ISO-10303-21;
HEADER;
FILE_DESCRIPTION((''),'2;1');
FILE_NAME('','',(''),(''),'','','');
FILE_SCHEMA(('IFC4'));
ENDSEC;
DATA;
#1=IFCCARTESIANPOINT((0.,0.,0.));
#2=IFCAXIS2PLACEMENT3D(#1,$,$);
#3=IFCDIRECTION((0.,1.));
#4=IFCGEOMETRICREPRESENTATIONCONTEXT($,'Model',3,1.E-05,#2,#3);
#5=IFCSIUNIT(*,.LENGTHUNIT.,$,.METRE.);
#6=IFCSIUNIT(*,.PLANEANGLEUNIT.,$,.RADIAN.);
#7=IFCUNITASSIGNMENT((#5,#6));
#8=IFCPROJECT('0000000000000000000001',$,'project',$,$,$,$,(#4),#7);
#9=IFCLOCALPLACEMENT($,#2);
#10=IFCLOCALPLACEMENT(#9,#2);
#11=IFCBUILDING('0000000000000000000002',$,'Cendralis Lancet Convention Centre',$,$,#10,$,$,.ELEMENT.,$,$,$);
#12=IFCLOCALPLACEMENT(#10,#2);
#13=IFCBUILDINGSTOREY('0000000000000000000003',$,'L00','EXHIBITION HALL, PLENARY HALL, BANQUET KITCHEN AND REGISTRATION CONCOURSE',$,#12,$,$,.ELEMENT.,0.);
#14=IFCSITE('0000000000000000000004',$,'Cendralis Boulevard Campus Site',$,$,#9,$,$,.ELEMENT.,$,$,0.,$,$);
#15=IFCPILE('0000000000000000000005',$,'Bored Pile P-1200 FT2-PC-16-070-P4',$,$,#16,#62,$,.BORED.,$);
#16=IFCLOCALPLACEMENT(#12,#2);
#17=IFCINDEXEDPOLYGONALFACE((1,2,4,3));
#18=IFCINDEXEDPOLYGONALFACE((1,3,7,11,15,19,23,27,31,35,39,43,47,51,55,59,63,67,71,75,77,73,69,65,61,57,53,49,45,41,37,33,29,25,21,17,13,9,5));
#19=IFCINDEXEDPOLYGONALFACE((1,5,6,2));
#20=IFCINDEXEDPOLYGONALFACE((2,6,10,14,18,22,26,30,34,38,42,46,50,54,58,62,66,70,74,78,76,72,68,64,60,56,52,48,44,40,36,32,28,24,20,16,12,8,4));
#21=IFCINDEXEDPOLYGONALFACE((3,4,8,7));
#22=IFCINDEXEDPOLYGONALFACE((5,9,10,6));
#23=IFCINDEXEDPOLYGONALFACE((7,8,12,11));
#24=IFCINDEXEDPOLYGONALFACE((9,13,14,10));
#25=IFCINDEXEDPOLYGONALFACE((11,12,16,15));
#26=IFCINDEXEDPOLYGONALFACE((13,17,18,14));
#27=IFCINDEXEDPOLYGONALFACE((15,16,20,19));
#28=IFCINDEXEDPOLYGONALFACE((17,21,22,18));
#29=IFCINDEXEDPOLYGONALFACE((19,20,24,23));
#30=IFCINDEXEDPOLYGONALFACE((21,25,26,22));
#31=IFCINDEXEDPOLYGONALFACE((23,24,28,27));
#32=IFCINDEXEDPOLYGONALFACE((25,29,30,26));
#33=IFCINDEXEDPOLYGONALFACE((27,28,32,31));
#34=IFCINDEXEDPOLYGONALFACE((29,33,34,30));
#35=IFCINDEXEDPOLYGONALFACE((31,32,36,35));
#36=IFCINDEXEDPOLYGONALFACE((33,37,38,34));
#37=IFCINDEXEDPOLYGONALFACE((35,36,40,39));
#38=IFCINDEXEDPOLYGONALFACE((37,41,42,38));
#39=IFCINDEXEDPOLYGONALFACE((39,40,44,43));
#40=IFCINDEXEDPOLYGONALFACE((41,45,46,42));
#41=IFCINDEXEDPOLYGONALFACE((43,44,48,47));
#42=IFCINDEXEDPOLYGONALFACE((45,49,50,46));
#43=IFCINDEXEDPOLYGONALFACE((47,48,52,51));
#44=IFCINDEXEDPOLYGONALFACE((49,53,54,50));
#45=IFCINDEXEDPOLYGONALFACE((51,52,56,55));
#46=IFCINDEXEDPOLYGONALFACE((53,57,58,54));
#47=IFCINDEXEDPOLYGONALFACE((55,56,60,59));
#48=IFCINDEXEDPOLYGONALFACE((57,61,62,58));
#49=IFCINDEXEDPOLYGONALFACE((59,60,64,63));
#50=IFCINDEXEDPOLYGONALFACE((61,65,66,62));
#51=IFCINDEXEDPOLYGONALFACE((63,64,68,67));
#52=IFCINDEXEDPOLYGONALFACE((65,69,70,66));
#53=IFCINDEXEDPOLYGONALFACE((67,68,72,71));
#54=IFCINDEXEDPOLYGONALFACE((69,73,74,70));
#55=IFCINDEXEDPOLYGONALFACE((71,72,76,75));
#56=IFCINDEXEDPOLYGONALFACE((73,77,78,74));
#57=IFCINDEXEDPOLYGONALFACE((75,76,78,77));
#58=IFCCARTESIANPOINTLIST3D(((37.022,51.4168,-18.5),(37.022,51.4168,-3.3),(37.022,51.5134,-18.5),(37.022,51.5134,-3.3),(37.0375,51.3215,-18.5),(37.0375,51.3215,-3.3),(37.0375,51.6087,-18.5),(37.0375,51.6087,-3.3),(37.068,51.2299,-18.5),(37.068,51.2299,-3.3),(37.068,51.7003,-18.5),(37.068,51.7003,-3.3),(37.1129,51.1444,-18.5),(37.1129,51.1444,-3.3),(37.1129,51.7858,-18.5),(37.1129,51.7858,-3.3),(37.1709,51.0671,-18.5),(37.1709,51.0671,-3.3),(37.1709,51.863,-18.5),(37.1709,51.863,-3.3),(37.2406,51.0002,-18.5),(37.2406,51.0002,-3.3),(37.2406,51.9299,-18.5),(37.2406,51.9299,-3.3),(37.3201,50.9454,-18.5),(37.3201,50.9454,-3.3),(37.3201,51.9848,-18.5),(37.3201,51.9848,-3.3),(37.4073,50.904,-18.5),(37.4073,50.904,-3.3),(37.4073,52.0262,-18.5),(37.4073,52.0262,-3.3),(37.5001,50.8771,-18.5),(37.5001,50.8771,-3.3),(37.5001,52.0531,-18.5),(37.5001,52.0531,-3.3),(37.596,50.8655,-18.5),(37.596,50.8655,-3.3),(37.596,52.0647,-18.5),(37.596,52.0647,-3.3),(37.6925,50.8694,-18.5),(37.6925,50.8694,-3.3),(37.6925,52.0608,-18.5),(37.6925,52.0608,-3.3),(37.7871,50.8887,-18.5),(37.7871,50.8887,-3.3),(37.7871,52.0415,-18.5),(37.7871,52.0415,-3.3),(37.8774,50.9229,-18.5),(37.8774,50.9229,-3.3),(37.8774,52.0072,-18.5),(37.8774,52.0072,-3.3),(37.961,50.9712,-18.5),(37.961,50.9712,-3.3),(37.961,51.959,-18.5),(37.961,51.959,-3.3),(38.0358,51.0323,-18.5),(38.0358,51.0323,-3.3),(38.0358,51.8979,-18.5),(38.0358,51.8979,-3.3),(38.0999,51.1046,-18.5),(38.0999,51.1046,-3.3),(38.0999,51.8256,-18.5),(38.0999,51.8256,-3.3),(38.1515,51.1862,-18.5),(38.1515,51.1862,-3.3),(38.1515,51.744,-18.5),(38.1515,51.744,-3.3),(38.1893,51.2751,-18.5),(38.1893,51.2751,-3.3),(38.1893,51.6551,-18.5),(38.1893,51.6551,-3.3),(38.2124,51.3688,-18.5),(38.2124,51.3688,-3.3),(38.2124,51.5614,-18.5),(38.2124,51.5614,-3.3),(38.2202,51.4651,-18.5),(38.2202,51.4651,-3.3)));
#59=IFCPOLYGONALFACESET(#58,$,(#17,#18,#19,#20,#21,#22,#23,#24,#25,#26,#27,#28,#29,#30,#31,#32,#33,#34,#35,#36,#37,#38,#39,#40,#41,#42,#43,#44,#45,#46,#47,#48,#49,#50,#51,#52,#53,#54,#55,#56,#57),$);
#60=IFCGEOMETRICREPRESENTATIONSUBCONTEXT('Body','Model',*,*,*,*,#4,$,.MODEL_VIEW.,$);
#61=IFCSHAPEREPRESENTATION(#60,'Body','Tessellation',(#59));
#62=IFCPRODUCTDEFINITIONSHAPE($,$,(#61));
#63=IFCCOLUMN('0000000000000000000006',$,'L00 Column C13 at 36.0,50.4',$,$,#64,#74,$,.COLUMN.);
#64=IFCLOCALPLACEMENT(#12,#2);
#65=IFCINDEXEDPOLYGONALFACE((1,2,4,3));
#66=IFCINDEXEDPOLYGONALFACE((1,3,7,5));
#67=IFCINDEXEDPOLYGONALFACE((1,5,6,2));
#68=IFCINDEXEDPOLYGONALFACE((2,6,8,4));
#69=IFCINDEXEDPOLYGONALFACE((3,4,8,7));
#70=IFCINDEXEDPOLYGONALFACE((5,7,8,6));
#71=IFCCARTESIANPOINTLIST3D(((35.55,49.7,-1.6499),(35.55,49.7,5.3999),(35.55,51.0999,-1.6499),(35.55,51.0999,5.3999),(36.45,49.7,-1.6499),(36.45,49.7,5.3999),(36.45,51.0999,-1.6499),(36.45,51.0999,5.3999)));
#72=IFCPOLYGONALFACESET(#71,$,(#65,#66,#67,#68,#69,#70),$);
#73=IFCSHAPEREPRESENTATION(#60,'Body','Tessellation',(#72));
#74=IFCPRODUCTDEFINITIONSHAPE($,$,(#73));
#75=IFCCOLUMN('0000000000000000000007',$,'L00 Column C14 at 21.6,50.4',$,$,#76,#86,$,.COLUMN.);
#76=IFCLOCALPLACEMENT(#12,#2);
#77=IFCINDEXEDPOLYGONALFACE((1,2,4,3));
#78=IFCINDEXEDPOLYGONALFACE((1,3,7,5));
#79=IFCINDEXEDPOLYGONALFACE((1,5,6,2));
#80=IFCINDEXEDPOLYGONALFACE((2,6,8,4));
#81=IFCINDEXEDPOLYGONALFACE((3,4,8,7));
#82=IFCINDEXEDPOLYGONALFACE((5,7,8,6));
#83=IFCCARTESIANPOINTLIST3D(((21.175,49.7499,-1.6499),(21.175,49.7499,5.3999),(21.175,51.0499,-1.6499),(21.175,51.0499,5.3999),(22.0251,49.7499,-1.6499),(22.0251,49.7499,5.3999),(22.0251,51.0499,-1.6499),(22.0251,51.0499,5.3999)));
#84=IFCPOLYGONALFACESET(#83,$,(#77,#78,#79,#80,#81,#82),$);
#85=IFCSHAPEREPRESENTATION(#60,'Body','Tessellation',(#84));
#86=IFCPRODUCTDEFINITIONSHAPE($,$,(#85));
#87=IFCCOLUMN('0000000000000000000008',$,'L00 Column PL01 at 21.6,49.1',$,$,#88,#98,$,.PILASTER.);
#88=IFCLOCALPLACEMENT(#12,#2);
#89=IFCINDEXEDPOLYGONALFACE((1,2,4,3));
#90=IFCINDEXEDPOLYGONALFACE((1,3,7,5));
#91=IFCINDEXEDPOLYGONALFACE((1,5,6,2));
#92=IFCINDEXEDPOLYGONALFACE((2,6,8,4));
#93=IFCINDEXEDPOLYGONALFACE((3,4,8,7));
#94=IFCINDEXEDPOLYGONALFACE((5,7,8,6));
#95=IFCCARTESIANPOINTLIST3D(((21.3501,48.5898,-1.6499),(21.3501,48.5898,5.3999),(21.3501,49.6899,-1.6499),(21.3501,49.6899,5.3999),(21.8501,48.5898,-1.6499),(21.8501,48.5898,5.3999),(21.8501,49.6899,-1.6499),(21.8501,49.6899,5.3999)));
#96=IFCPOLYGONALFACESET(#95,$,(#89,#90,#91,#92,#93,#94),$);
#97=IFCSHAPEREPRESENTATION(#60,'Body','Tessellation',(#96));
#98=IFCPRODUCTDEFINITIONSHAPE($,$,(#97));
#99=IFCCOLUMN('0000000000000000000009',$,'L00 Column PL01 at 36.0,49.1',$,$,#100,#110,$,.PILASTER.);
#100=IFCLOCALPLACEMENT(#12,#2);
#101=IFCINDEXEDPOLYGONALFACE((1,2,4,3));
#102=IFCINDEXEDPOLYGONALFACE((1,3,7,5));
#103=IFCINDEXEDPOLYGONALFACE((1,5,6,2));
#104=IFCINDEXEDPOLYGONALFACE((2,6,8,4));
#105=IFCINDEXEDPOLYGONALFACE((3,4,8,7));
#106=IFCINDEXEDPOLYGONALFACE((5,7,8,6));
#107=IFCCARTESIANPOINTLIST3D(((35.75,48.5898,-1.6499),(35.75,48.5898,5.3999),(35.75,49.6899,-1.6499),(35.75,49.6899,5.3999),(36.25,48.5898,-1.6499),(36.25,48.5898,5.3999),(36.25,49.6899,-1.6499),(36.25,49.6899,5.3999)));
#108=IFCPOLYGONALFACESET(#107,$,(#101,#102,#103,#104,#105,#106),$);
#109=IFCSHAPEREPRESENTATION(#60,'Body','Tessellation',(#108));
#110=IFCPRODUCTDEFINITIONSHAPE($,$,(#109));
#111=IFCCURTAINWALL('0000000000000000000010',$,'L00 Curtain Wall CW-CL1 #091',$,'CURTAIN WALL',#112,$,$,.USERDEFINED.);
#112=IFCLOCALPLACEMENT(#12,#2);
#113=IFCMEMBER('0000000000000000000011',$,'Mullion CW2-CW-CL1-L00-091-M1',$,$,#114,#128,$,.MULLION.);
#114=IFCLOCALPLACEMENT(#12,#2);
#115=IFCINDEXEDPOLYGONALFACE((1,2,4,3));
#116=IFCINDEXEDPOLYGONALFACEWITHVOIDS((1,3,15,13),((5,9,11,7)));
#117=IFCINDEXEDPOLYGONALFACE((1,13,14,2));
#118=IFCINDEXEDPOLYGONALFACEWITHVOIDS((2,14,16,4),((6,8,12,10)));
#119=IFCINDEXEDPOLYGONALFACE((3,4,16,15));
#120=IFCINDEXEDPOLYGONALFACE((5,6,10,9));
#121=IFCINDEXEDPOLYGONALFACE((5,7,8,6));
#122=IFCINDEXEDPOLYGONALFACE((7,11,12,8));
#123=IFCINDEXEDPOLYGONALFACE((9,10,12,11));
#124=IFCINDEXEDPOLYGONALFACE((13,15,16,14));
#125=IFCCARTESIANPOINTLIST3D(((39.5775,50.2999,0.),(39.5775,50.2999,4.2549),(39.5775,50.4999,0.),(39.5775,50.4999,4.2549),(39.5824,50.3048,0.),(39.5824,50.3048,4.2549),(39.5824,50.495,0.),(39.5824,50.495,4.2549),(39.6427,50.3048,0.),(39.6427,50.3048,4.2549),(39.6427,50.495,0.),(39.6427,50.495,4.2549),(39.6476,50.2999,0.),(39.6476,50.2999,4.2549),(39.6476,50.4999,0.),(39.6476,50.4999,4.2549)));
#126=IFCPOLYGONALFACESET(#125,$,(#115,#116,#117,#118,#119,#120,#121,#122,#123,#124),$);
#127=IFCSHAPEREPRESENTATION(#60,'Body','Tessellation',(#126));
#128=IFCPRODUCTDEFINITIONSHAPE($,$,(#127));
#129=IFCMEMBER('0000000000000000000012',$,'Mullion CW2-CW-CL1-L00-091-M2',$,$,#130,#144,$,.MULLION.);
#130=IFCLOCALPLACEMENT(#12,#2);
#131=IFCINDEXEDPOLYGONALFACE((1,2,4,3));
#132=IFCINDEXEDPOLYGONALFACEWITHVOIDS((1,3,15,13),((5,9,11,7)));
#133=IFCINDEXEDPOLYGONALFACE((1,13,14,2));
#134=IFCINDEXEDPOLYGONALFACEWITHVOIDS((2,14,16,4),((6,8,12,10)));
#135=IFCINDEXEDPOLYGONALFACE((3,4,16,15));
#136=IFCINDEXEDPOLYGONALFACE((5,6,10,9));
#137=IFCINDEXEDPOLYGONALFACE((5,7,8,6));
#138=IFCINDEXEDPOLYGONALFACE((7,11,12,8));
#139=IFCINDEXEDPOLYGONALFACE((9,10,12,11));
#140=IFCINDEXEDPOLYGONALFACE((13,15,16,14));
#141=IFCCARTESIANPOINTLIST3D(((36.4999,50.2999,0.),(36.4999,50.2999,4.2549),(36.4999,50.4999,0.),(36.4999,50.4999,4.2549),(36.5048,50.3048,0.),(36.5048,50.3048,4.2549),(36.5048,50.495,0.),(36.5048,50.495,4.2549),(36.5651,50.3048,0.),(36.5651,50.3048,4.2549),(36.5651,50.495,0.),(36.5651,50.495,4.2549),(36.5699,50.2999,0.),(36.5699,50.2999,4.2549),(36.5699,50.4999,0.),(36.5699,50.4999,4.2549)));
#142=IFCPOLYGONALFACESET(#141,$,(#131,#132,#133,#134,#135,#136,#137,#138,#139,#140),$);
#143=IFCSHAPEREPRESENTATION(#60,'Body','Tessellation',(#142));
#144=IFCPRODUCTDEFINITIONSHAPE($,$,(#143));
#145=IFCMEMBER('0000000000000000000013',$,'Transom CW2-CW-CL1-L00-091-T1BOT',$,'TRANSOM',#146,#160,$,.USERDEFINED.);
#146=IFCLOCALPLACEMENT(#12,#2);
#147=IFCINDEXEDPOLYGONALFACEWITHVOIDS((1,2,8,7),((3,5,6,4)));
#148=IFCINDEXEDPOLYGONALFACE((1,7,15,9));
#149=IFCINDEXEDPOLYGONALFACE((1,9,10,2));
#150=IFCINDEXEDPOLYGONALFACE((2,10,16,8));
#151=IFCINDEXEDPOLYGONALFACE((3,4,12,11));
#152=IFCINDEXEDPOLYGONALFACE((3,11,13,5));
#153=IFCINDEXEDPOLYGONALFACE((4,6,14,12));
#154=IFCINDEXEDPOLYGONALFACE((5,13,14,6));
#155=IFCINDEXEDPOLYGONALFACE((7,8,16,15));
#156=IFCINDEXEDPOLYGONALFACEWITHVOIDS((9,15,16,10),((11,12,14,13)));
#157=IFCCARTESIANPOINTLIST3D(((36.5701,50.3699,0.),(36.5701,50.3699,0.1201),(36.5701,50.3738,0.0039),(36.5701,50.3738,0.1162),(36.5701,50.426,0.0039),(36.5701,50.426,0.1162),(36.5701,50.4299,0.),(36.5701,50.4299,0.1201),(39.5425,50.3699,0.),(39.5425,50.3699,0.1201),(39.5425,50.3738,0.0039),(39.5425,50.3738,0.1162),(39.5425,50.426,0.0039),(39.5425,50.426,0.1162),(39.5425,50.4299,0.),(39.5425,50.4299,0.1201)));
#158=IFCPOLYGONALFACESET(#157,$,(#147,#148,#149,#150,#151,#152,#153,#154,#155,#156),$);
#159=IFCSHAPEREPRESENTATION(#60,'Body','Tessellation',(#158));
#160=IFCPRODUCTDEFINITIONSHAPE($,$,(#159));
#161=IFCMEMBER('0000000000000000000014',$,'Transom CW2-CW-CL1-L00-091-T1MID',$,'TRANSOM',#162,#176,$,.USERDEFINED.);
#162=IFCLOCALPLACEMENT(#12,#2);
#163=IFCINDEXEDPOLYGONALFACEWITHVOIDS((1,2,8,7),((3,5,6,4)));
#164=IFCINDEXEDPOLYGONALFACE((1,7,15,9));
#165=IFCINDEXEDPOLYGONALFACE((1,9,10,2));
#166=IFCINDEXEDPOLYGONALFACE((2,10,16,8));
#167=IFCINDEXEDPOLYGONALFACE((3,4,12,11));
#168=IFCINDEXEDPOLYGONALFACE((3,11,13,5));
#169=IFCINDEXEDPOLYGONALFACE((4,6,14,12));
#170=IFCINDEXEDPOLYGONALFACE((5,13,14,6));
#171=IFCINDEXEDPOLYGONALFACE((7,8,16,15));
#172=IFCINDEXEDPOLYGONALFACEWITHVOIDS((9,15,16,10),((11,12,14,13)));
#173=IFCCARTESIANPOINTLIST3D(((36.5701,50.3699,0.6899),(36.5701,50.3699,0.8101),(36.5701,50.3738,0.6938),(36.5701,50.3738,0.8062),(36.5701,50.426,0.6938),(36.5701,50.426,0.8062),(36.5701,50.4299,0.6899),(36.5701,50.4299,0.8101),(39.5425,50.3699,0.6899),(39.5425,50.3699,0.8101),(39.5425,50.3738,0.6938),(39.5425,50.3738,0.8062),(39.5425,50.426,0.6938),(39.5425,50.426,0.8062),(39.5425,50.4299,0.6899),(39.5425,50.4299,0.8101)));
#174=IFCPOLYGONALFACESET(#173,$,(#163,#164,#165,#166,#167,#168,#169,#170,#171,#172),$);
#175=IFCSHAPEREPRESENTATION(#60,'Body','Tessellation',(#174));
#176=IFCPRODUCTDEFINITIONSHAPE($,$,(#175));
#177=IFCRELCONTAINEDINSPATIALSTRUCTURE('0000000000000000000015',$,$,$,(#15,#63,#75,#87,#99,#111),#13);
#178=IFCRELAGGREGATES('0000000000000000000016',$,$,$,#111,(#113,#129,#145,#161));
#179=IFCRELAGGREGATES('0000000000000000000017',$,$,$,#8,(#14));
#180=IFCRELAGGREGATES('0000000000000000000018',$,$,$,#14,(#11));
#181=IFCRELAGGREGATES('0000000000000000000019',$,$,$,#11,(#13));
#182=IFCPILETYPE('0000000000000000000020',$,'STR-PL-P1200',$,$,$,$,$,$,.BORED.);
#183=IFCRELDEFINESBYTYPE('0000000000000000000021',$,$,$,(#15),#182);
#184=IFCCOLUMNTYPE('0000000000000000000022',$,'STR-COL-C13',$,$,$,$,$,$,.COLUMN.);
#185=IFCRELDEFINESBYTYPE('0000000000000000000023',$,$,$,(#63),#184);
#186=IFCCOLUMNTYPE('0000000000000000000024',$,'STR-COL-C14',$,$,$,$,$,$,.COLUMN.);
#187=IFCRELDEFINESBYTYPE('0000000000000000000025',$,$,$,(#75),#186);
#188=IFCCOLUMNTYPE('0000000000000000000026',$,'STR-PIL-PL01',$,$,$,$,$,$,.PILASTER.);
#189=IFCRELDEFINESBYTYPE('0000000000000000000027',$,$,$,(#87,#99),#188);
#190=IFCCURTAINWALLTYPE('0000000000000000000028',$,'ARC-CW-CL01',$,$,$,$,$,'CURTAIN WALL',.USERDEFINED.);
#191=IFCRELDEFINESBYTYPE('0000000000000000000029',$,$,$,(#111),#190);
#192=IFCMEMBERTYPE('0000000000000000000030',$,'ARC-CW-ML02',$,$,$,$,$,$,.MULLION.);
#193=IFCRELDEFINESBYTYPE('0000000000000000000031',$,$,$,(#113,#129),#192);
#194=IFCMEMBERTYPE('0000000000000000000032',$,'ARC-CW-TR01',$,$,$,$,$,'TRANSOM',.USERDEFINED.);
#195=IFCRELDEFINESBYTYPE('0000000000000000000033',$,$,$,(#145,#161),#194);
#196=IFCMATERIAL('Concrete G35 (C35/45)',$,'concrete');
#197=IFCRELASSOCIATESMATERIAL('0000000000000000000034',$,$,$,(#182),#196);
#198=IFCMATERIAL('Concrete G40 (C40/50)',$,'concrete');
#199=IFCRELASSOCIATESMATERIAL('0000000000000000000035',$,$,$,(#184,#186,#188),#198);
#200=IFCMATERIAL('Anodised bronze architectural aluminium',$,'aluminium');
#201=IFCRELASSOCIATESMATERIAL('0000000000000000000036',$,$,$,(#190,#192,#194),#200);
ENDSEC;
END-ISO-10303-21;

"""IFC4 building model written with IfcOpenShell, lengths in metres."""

from ifc_helpers import new_model, si_unit, direction, frame, origin, origin_2d, place, context, subcontext, project, spatial, rectangle, hollow_rectangle, circle, extrude, material, material_profile, profile_set, type_object, element, aggregate, save


model = new_model("IFC4")

# Units and contexts
model_context = context("Model", 3, precision=1e-05, world=origin(), true_north=direction((0.0, 1.0)))
body_context = subcontext(model_context, "Body", "Model", "MODEL_VIEW")
ifc_project = project(units=[si_unit("LENGTHUNIT", "METRE"), si_unit("PLANEANGLEUNIT", "RADIAN")], contexts=[model_context])

# Site, building, storey
site_placement = place(None, origin())
site = spatial("IfcSite", under=ifc_project, at=site_placement, Name="Cendralis Boulevard Campus Site", CompositionType="ELEMENT", RefElevation=0.0)
building_placement = place(site_placement, origin())
building = spatial("IfcBuilding", under=site, at=building_placement, Name="Cendralis Lancet Convention Centre", CompositionType="ELEMENT")
storey_placement = place(building_placement, origin())
storey = spatial("IfcBuildingStorey", under=building, at=storey_placement, Name="L00", Description="EXHIBITION HALL, PLENARY HALL, BANQUET KITCHEN AND REGISTRATION CONCOURSE", CompositionType="ELEMENT", Elevation=0.0)

# Shared definitions
ifc_material_1 = material(Name="Concrete G35 (C35/45)", Category="concrete")

# Pile
ifc_material_profile_1 = material_profile(ifc_material_1, circle(Radius=0.6001, at=origin_2d()), Name="BORED PILE D1200")
ifc_profile_set_1 = profile_set([ifc_material_profile_1], Name="Concrete G35 (C35/45)")
pile_type = type_object("IfcPileType", Name="STR-PL-P1200", PredefinedType="BORED", material=ifc_profile_set_1)
for number, where, z_axis, x_axis, name in (
    (1, (37.6201, 51.4651, -3.3), (0.0, 0.0, -1.0), (1.0, 0.0, 0.0), "Bored Pile P-1200 FT2-PC-16-070-P4"),
):
    element("IfcPile", number, at=place(storey_placement, frame(where, z_axis=z_axis, x_axis=x_axis)), inside=storey, type_object=pile_type, Name=name, PredefinedType="BORED", context=body_context, shape_type="SweptSolid", body=[
        extrude(circle(Radius=0.6001, at=origin_2d()), origin(), (0.0, 0.0, 1.0), 15.2),
    ])

# Columns
ifc_material_2 = material(Name="Concrete G40 (C40/50)", Category="concrete")
ifc_material_profile_2 = material_profile(ifc_material_2, rectangle(XDim=0.8999, YDim=1.3999, at=origin_2d()), Name="RC 900x1400")
ifc_profile_set_2 = profile_set([ifc_material_profile_2], Name="Concrete G40 (C40/50)")
column_type_1 = type_object("IfcColumnType", Name="STR-COL-C13", PredefinedType="COLUMN", material=ifc_profile_set_2)
column_1_placement = place(storey_placement, frame((36.0, 50.3999, -1.6499), z_axis=(0.0, 0.0, 1.0), x_axis=(1.0, 0.0, 0.0)))
element("IfcColumn", 2, at=column_1_placement, inside=storey, type_object=column_type_1, Name="L00 Column C13 at 36.0,50.4", PredefinedType="COLUMN", context=body_context, shape_type="SweptSolid", body=[
    extrude(rectangle(XDim=0.8999, YDim=1.3999, at=origin_2d()), origin(), (0.0, 0.0, 1.0), 7.0498),
])
ifc_material_profile_3 = material_profile(ifc_material_2, rectangle(XDim=0.8501, YDim=1.3, at=origin_2d()), Name="RC 850x1300")
ifc_profile_set_3 = profile_set([ifc_material_profile_3], Name="Concrete G40 (C40/50)")
column_type_2 = type_object("IfcColumnType", Name="STR-COL-C14", PredefinedType="COLUMN", material=ifc_profile_set_3)
column_2_placement = place(storey_placement, frame((21.6001, 50.3999, -1.6499), z_axis=(0.0, 0.0, 1.0), x_axis=(1.0, 0.0, 0.0)))
element("IfcColumn", 3, at=column_2_placement, inside=storey, type_object=column_type_2, Name="L00 Column C14 at 21.6,50.4", PredefinedType="COLUMN", context=body_context, shape_type="SweptSolid", body=[
    extrude(rectangle(XDim=0.8501, YDim=1.3, at=origin_2d()), origin(), (0.0, 0.0, 1.0), 7.0498),
])
ifc_material_profile_4 = material_profile(ifc_material_2, rectangle(XDim=0.5, YDim=1.1001, at=origin_2d()), Name="RC 500x1100")
ifc_profile_set_4 = profile_set([ifc_material_profile_4], Name="Concrete G40 (C40/50)")
column_type_3 = type_object("IfcColumnType", Name="STR-PIL-PL01", PredefinedType="PILASTER", material=ifc_profile_set_4)
for number, where, z_axis, x_axis, name in (
    (4, (21.6001, 49.1399, -1.6499), (0.0, 0.0, 1.0), (1.0, 0.0, 0.0), "L00 Column PL01 at 21.6,49.1"),
    (5, (36.0, 49.1399, -1.6499), (0.0, 0.0, 1.0), (1.0, 0.0, 0.0), "L00 Column PL01 at 36.0,49.1"),
):
    element("IfcColumn", number, at=place(storey_placement, frame(where, z_axis=z_axis, x_axis=x_axis)), inside=storey, type_object=column_type_3, Name=name, PredefinedType="PILASTER", context=body_context, shape_type="SweptSolid", body=[
        extrude(rectangle(XDim=0.5, YDim=1.1001, at=origin_2d()), origin(), (0.0, 0.0, 1.0), 7.0498),
    ])

# Curtain wall, members
ifc_material_3 = material(Name="Anodised bronze architectural aluminium", Category="aluminium")
curtain_wall_type = type_object("IfcCurtainWallType", Name="ARC-CW-CL01", ElementType="CURTAIN WALL", PredefinedType="USERDEFINED", material=ifc_material_3)
curtain_wall_placement = place(storey_placement, origin())
curtain_wall = element("IfcCurtainWall", 6, at=curtain_wall_placement, inside=storey, type_object=curtain_wall_type, Name="L00 Curtain Wall CW-CL1 #091", ObjectType="CURTAIN WALL", PredefinedType="USERDEFINED")
ifc_material_profile_5 = material_profile(ifc_material_3, hollow_rectangle(XDim=0.0701, YDim=0.2, WallThickness=0.0049, at=origin_2d()), Name="AL-MULL 70x200x5.0")
ifc_profile_set_5 = profile_set([ifc_material_profile_5], Name="Anodised bronze architectural aluminium")
member_type_1 = type_object("IfcMemberType", Name="ARC-CW-ML02", PredefinedType="MULLION", material=ifc_profile_set_5)
member_1_placement = place(storey_placement, frame((39.6125, 50.3999, 0.0), z_axis=(0.0, 0.0, 1.0), x_axis=(1.0, 0.0, 0.0)))
member_1 = element("IfcMember", 7, at=member_1_placement, type_object=member_type_1, Name="Mullion CW2-CW-CL1-L00-091-M1", PredefinedType="MULLION", context=body_context, shape_type="SweptSolid", body=[
    extrude(hollow_rectangle(XDim=0.0701, YDim=0.2, WallThickness=0.0049, at=origin_2d()), origin(), (0.0, 0.0, 1.0), 4.2549),
])
member_2_placement = place(storey_placement, frame((36.5349, 50.3999, 0.0), z_axis=(0.0, 0.0, 1.0), x_axis=(1.0, 0.0, 0.0)))
member_2 = element("IfcMember", 8, at=member_2_placement, type_object=member_type_1, Name="Mullion CW2-CW-CL1-L00-091-M2", PredefinedType="MULLION", context=body_context, shape_type="SweptSolid", body=[
    extrude(hollow_rectangle(XDim=0.0701, YDim=0.2, WallThickness=0.0049, at=origin_2d()), origin(), (0.0, 0.0, 1.0), 4.2549),
])
ifc_material_profile_6 = material_profile(ifc_material_3, hollow_rectangle(XDim=0.0601, YDim=0.1201, WallThickness=0.0039, at=origin_2d()), Name="AL-TRAN 60x120x4.0")
ifc_profile_set_6 = profile_set([ifc_material_profile_6], Name="Anodised bronze architectural aluminium")
member_type_2 = type_object("IfcMemberType", Name="ARC-CW-TR01", ElementType="TRANSOM", PredefinedType="USERDEFINED", material=ifc_profile_set_6)
member_3_placement = place(storey_placement, frame((39.5425, 50.3999, 0.0601), z_axis=(-1.0, 0.0, 0.0), x_axis=(0.0, -1.0, 0.0)))
member_3 = element("IfcMember", 9, at=member_3_placement, type_object=member_type_2, Name="Transom CW2-CW-CL1-L00-091-T1BOT", ObjectType="TRANSOM", PredefinedType="USERDEFINED", context=body_context, shape_type="SweptSolid", body=[
    extrude(hollow_rectangle(XDim=0.0601, YDim=0.1201, WallThickness=0.0039, at=origin_2d()), origin(), (0.0, 0.0, 1.0), 2.9724),
])
member_4_placement = place(storey_placement, frame((39.5425, 50.3999, 0.75), z_axis=(-1.0, 0.0, 0.0), x_axis=(0.0, -1.0, 0.0)))
member_4 = element("IfcMember", 10, at=member_4_placement, type_object=member_type_2, Name="Transom CW2-CW-CL1-L00-091-T1MID", ObjectType="TRANSOM", PredefinedType="USERDEFINED", context=body_context, shape_type="SweptSolid", body=[
    extrude(hollow_rectangle(XDim=0.0601, YDim=0.1201, WallThickness=0.0039, at=origin_2d()), origin(), (0.0, 0.0, 1.0), 2.9724),
])
aggregate(curtain_wall, [member_1, member_2, member_3, member_4])

save(model, "model.ifc")
